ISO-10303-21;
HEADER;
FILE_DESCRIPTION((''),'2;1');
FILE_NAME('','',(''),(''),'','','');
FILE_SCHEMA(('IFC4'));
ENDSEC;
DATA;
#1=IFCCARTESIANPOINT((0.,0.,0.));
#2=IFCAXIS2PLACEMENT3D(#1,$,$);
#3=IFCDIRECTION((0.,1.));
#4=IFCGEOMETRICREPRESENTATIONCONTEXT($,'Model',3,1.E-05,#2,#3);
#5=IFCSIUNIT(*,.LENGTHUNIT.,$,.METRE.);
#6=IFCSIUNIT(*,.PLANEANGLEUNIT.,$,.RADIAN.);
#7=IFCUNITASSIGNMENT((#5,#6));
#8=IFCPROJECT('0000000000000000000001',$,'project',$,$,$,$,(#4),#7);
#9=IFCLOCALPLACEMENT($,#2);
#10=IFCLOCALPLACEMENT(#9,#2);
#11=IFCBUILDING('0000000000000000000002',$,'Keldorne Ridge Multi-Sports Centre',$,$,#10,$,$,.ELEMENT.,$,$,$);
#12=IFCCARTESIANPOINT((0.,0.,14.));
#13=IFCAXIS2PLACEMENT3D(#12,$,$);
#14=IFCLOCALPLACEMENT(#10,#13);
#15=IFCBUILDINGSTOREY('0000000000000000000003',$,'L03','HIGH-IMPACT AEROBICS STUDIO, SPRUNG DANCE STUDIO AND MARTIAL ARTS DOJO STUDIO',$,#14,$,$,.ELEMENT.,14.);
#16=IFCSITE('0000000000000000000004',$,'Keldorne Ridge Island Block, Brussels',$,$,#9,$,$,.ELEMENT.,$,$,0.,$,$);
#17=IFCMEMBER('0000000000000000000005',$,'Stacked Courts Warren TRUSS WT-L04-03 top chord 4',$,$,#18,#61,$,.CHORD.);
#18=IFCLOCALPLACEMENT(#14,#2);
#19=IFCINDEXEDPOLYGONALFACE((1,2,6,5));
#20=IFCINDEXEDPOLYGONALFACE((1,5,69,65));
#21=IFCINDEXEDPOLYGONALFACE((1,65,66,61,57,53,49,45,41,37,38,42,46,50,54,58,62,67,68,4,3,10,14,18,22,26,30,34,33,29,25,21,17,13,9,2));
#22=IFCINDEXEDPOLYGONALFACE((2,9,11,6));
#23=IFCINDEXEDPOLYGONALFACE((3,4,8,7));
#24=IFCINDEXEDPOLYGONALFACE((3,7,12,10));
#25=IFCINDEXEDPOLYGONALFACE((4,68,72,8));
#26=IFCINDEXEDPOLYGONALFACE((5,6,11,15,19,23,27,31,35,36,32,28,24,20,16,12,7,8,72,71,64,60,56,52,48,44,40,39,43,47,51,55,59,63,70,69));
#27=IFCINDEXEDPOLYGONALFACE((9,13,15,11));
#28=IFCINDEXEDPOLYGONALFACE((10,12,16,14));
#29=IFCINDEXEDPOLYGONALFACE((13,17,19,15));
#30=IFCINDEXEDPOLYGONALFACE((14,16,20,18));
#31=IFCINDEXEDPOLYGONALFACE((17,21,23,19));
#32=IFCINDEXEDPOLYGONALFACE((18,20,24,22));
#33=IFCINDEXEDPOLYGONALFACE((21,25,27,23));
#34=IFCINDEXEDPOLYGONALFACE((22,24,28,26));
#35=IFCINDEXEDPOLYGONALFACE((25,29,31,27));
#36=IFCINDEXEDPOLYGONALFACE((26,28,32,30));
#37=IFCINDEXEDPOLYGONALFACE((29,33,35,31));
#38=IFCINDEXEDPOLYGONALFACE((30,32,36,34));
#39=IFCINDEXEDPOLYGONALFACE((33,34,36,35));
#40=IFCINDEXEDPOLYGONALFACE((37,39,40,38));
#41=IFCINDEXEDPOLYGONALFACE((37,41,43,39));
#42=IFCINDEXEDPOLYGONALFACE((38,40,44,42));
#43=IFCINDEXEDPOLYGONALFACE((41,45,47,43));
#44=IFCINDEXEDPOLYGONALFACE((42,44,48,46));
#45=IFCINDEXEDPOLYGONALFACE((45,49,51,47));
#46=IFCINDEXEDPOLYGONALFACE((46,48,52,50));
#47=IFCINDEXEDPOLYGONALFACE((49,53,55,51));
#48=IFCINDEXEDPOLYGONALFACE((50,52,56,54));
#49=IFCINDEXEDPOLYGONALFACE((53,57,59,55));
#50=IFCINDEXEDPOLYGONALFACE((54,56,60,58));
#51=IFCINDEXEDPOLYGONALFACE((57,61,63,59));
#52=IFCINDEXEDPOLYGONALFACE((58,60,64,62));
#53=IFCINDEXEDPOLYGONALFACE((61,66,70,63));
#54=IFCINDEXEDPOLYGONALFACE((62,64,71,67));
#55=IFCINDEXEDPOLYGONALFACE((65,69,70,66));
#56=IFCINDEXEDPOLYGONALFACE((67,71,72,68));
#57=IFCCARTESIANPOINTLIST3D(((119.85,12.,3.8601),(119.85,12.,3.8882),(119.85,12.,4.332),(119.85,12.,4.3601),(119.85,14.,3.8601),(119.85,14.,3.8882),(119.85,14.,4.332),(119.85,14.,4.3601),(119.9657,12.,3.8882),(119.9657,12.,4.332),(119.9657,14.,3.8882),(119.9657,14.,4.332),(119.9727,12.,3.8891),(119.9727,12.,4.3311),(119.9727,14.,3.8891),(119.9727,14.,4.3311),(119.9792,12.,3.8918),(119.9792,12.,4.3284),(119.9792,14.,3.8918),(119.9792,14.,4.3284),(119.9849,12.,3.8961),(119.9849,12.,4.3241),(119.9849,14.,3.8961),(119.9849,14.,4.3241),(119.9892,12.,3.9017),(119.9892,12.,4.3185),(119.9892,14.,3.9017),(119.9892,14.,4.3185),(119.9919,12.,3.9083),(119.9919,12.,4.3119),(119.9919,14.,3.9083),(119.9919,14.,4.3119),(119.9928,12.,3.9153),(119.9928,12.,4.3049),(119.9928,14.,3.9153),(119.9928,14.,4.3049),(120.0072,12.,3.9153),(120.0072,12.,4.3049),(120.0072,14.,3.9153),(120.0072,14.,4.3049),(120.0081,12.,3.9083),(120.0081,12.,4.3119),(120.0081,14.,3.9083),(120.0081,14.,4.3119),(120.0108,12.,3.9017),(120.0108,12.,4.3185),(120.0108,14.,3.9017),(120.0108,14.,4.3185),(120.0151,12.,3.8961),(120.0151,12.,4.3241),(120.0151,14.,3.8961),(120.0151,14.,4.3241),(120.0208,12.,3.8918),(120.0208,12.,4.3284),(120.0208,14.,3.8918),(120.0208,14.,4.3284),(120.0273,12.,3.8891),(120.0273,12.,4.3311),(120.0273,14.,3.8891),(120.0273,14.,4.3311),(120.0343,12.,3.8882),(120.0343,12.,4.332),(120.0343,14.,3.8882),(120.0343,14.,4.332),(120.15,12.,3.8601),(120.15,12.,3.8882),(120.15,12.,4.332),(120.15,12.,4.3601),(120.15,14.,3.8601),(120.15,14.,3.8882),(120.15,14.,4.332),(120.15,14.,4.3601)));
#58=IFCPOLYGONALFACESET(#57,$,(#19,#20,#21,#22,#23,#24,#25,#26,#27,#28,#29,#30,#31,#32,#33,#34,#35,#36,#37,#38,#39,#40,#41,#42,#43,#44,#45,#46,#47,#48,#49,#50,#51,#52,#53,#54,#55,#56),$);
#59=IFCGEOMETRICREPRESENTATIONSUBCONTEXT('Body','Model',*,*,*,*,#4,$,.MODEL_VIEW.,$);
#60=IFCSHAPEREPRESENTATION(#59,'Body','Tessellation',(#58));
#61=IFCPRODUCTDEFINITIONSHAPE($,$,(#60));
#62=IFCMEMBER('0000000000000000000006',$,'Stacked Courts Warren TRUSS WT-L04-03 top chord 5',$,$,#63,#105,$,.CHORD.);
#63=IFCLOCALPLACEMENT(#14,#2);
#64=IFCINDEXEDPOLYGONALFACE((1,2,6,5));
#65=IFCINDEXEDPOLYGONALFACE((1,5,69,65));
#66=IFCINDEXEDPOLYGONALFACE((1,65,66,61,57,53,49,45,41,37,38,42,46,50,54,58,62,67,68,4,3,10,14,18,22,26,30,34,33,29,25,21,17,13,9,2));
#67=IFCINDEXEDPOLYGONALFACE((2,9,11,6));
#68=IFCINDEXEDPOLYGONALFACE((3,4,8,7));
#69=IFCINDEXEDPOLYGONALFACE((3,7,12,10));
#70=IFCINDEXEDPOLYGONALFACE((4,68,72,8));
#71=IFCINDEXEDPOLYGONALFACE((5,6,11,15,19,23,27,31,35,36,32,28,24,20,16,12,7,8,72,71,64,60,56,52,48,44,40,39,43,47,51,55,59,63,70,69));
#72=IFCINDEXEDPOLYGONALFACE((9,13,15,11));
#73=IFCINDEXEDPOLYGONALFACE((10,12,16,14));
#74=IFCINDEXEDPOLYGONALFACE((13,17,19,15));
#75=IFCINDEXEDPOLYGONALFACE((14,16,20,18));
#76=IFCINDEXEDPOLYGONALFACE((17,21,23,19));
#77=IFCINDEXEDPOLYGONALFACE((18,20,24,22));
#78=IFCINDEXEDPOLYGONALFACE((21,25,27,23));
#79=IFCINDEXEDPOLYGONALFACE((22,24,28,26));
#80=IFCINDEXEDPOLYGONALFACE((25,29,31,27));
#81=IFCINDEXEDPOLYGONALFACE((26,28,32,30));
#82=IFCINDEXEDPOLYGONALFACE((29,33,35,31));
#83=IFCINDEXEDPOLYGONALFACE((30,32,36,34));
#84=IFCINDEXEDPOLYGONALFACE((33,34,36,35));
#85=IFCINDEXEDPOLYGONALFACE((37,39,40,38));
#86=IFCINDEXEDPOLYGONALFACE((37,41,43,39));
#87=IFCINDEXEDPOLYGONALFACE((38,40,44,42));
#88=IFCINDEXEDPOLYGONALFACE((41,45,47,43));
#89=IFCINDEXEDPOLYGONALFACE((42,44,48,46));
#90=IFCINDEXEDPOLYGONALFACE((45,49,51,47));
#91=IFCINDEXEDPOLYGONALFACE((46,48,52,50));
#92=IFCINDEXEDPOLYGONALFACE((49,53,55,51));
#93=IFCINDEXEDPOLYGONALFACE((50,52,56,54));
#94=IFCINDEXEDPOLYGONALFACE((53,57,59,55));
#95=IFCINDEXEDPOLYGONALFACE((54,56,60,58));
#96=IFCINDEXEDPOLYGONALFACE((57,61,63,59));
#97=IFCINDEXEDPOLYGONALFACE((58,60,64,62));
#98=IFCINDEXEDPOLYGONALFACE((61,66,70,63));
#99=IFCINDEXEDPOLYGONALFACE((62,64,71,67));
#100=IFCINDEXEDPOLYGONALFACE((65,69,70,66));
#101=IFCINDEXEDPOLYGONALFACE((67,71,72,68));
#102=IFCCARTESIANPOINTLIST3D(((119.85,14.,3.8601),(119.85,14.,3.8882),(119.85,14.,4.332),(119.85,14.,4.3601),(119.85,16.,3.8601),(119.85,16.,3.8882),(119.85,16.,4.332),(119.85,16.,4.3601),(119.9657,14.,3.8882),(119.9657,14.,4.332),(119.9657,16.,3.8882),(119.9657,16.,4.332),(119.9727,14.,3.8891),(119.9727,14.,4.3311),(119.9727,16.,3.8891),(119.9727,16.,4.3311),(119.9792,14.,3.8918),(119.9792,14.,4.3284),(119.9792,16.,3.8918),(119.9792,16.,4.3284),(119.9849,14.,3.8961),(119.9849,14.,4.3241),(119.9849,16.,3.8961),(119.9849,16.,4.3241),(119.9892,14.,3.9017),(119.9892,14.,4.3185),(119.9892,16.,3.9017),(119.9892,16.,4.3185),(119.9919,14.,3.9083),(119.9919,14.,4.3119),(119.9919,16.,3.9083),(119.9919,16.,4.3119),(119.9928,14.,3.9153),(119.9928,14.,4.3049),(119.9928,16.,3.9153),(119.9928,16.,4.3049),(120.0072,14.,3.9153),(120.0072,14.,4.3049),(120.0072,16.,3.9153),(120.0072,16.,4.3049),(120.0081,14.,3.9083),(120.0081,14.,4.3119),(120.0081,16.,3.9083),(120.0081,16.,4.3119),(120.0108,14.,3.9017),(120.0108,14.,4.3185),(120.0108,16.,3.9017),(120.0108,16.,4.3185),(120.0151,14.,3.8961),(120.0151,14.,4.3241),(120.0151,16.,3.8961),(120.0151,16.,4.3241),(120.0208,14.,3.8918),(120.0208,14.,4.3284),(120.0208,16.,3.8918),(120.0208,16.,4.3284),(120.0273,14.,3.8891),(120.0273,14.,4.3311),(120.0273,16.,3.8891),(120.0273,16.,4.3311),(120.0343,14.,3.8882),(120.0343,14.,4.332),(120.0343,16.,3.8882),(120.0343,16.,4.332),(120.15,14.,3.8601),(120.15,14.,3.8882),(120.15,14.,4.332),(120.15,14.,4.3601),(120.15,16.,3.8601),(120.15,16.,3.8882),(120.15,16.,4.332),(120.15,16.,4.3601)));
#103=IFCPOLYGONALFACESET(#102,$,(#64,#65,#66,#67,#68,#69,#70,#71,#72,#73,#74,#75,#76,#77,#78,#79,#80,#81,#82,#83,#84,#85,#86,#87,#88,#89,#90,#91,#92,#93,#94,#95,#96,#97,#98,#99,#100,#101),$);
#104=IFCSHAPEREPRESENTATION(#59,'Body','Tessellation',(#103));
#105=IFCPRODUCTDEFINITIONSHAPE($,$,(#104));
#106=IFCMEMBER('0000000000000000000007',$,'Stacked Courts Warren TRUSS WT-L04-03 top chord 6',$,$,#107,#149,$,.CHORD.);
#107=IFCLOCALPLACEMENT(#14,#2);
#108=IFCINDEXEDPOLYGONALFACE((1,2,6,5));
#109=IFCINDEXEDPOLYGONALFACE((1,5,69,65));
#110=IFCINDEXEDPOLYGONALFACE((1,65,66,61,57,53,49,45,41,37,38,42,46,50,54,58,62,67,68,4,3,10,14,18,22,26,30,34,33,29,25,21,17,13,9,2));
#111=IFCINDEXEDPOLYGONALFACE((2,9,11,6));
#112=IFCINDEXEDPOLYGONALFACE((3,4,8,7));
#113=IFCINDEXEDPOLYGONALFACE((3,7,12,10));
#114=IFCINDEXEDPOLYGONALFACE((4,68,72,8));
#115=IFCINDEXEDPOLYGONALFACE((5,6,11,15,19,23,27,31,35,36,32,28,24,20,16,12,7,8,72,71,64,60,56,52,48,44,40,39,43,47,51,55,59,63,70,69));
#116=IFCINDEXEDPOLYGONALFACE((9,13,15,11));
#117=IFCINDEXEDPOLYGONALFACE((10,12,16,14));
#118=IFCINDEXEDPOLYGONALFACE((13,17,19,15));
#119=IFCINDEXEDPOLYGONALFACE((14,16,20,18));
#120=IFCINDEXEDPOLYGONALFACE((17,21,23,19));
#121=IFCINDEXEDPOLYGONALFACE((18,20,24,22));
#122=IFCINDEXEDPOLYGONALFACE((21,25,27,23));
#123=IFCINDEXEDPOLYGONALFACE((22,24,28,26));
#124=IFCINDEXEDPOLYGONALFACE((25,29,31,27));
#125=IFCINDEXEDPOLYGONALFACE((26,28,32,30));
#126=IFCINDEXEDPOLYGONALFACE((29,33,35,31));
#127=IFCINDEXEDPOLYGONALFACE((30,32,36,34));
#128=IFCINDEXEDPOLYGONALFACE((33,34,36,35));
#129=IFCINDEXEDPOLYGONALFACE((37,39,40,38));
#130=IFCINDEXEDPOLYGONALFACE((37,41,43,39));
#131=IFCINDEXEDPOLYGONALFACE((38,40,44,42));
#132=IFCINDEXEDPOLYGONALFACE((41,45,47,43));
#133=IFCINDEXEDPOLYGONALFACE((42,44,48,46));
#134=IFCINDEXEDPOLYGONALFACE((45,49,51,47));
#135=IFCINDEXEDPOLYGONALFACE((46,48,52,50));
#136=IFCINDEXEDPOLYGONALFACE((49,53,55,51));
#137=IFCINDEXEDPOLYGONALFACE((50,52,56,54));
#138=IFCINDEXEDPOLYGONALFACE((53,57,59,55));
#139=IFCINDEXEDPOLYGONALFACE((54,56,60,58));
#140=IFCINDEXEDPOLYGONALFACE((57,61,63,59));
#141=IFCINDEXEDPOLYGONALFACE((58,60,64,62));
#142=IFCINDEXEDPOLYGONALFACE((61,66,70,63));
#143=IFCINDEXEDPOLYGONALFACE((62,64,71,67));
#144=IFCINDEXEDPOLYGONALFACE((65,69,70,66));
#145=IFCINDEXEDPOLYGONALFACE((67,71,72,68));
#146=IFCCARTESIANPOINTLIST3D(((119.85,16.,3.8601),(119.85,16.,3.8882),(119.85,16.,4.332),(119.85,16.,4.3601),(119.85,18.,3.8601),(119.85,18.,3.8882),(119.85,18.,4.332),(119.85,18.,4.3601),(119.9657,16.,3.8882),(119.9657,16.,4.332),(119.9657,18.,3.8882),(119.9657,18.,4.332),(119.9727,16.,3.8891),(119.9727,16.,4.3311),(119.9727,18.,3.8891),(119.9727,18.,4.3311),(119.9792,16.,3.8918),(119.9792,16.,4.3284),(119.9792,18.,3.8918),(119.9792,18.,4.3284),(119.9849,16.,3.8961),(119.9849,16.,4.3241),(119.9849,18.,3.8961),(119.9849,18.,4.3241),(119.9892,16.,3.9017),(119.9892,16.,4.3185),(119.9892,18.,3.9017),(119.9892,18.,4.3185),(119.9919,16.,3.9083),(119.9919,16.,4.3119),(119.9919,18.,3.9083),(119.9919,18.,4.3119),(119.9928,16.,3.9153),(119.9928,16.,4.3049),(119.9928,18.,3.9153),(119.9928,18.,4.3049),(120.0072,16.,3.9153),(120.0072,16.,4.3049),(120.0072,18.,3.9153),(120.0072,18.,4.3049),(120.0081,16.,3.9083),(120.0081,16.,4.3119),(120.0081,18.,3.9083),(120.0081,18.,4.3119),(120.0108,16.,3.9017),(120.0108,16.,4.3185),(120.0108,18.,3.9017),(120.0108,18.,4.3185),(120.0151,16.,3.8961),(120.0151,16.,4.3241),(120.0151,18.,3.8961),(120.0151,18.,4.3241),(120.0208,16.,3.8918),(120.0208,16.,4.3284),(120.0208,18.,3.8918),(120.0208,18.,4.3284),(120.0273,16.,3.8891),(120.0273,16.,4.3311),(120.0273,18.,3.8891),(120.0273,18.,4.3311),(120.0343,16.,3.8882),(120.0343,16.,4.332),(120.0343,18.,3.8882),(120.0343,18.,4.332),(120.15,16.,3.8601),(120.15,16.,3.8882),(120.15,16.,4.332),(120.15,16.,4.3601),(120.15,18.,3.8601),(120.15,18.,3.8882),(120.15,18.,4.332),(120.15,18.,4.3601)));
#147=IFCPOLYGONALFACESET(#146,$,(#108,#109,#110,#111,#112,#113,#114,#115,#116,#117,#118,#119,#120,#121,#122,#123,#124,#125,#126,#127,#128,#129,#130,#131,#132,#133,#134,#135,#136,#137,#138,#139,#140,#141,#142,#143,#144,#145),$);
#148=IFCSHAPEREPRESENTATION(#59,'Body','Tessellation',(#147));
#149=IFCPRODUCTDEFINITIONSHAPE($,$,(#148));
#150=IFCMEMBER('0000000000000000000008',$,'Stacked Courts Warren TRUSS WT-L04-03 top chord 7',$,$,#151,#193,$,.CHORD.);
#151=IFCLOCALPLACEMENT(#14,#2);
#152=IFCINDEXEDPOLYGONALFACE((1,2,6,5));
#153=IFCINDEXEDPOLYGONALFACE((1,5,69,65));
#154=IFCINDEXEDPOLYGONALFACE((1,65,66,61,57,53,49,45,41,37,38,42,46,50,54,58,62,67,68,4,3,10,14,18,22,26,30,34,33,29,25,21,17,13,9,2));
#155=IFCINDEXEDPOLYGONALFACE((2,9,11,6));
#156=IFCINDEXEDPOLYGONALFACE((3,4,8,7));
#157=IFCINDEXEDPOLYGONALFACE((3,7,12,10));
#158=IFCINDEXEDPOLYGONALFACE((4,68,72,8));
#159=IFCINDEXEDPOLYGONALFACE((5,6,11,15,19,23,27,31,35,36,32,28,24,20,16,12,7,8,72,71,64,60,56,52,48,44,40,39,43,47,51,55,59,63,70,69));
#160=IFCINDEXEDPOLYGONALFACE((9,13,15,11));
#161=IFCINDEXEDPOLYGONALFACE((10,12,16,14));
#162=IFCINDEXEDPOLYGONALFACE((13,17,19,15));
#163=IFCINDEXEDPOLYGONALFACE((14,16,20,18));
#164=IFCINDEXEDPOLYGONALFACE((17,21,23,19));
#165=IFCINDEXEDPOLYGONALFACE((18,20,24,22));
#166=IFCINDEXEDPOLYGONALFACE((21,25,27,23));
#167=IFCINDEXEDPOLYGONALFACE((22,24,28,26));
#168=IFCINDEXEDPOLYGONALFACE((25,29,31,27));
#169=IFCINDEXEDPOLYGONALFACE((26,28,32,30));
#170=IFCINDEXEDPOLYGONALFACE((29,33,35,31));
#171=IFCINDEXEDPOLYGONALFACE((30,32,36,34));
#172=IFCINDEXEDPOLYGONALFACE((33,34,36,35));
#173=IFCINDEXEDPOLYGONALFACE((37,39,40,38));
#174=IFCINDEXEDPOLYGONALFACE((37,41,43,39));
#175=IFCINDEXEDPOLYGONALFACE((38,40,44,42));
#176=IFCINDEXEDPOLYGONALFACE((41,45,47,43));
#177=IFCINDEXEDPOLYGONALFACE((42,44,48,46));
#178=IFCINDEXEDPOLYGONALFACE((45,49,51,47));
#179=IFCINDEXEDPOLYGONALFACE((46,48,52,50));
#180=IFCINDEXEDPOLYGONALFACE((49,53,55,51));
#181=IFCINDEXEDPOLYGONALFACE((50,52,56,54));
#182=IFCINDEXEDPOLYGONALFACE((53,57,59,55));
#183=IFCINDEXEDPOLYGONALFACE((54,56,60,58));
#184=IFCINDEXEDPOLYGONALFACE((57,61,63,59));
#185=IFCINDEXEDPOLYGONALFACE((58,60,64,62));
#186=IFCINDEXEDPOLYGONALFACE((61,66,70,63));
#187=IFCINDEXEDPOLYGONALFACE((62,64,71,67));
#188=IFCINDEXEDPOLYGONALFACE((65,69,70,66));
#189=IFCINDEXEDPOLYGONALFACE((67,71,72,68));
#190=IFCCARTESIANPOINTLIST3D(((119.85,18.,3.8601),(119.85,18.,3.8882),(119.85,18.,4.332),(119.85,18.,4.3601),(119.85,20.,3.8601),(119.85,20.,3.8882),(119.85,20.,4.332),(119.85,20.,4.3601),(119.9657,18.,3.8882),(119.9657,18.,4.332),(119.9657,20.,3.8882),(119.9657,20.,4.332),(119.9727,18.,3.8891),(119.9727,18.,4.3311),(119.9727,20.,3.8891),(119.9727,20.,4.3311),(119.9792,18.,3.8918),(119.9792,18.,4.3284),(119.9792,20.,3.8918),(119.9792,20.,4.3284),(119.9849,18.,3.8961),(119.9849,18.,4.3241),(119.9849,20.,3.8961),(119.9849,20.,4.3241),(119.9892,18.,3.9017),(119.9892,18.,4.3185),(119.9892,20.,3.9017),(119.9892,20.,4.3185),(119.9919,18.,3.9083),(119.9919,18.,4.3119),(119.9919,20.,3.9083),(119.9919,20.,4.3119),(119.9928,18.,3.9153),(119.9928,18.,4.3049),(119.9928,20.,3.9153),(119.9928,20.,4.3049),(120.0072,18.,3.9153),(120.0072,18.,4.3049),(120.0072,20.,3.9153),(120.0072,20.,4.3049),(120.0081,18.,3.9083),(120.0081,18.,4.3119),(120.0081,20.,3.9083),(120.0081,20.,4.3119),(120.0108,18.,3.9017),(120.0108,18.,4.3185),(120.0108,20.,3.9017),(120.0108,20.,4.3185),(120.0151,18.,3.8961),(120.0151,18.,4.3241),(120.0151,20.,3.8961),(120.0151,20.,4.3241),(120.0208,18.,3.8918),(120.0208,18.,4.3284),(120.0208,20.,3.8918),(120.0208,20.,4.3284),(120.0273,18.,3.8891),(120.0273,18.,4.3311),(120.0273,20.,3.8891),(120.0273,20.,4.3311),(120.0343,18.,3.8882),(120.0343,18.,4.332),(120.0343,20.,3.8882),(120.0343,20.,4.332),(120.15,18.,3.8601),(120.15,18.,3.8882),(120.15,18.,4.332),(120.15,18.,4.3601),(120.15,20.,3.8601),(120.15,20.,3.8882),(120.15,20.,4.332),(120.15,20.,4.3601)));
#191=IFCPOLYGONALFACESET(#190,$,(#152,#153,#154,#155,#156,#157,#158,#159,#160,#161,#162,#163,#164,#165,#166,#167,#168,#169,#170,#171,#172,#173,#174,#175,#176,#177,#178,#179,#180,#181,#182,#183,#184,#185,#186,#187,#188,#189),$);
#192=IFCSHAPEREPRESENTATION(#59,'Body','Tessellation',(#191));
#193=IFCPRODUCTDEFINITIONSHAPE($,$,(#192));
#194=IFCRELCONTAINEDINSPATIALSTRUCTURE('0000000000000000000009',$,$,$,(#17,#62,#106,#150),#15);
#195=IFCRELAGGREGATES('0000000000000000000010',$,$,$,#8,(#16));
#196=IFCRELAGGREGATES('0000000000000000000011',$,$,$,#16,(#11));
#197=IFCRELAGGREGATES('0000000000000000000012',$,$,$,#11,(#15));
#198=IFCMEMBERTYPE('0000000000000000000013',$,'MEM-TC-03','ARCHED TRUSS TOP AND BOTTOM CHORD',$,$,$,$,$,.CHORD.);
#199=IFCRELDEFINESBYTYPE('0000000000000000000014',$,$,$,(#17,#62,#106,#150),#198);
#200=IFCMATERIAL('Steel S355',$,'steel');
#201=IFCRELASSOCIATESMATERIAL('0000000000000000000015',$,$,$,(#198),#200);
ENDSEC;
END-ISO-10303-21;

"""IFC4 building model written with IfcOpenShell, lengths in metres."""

from ifc_helpers import new_model, si_unit, direction, frame, origin, origin_2d, place, context, subcontext, project, spatial, i_section, extrude, material, material_profile, profile_set, type_object, element, save


model = new_model("IFC4")

# Units and contexts
model_context = context("Model", 3, precision=1e-05, world=origin(), true_north=direction((0.0, 1.0)))
body_context = subcontext(model_context, "Body", "Model", "MODEL_VIEW")
ifc_project = project(units=[si_unit("LENGTHUNIT", "METRE"), si_unit("PLANEANGLEUNIT", "RADIAN")], contexts=[model_context])

# Site, building, storey
site_placement = place(None, origin())
site = spatial("IfcSite", under=ifc_project, at=site_placement, Name="Keldorne Ridge Island Block, Brussels", CompositionType="ELEMENT", RefElevation=0.0)
building_placement = place(site_placement, origin())
building = spatial("IfcBuilding", under=site, at=building_placement, Name="Keldorne Ridge Multi-Sports Centre", CompositionType="ELEMENT")
storey_placement = place(building_placement, frame((0.0, 0.0, 14.0)))
storey = spatial("IfcBuildingStorey", under=building, at=storey_placement, Name="L03", Description="HIGH-IMPACT AEROBICS STUDIO, SPRUNG DANCE STUDIO AND MARTIAL ARTS DOJO STUDIO", CompositionType="ELEMENT", Elevation=14.0)

# Members
ifc_material = material(Name="Steel S355", Category="steel")
ifc_material_profile_1 = material_profile(ifc_material, i_section(OverallWidth=0.3, OverallDepth=0.5, WebThickness=0.0144, FlangeThickness=0.0281, FilletRadius=0.0271, at=origin_2d()), Name="HEB 500")
ifc_profile_set_1 = profile_set([ifc_material_profile_1], Name="Steel S355")
member_type_1 = type_object("IfcMemberType", Name="MEM-TC-03", Description="ARCHED TRUSS TOP AND BOTTOM CHORD", PredefinedType="CHORD", material=ifc_profile_set_1)
for number, where, z_axis, x_axis, name in (
    (1, (120.0, 12.0, 4.1101), (0.0, 1.0, 0.0), (-1.0, 0.0, 0.0), "Stacked Courts Warren TRUSS WT-L04-03 top chord 4"),
    (2, (120.0, 14.0, 4.1101), (0.0, 1.0, 0.0), (-1.0, 0.0, 0.0), "Stacked Courts Warren TRUSS WT-L04-03 top chord 5"),
    (3, (120.0, 16.0, 4.1101), (0.0, 1.0, 0.0), (-1.0, 0.0, 0.0), "Stacked Courts Warren TRUSS WT-L04-03 top chord 6"),
    (4, (120.0, 18.0, 4.1101), (0.0, 1.0, 0.0), (-1.0, 0.0, 0.0), "Stacked Courts Warren TRUSS WT-L04-03 top chord 7"),
):
    element("IfcMember", number, at=place(storey_placement, frame(where, z_axis=z_axis, x_axis=x_axis)), inside=storey, type_object=member_type_1, Name=name, PredefinedType="CHORD", context=body_context, shape_type="SweptSolid", body=[
        extrude(i_section(OverallWidth=0.3, OverallDepth=0.5, WebThickness=0.0144, FlangeThickness=0.0281, FilletRadius=0.0271, at=origin_2d()), origin(), (0.0, 0.0, 1.0), 2.0),
    ])

save(model, "model.ifc")
